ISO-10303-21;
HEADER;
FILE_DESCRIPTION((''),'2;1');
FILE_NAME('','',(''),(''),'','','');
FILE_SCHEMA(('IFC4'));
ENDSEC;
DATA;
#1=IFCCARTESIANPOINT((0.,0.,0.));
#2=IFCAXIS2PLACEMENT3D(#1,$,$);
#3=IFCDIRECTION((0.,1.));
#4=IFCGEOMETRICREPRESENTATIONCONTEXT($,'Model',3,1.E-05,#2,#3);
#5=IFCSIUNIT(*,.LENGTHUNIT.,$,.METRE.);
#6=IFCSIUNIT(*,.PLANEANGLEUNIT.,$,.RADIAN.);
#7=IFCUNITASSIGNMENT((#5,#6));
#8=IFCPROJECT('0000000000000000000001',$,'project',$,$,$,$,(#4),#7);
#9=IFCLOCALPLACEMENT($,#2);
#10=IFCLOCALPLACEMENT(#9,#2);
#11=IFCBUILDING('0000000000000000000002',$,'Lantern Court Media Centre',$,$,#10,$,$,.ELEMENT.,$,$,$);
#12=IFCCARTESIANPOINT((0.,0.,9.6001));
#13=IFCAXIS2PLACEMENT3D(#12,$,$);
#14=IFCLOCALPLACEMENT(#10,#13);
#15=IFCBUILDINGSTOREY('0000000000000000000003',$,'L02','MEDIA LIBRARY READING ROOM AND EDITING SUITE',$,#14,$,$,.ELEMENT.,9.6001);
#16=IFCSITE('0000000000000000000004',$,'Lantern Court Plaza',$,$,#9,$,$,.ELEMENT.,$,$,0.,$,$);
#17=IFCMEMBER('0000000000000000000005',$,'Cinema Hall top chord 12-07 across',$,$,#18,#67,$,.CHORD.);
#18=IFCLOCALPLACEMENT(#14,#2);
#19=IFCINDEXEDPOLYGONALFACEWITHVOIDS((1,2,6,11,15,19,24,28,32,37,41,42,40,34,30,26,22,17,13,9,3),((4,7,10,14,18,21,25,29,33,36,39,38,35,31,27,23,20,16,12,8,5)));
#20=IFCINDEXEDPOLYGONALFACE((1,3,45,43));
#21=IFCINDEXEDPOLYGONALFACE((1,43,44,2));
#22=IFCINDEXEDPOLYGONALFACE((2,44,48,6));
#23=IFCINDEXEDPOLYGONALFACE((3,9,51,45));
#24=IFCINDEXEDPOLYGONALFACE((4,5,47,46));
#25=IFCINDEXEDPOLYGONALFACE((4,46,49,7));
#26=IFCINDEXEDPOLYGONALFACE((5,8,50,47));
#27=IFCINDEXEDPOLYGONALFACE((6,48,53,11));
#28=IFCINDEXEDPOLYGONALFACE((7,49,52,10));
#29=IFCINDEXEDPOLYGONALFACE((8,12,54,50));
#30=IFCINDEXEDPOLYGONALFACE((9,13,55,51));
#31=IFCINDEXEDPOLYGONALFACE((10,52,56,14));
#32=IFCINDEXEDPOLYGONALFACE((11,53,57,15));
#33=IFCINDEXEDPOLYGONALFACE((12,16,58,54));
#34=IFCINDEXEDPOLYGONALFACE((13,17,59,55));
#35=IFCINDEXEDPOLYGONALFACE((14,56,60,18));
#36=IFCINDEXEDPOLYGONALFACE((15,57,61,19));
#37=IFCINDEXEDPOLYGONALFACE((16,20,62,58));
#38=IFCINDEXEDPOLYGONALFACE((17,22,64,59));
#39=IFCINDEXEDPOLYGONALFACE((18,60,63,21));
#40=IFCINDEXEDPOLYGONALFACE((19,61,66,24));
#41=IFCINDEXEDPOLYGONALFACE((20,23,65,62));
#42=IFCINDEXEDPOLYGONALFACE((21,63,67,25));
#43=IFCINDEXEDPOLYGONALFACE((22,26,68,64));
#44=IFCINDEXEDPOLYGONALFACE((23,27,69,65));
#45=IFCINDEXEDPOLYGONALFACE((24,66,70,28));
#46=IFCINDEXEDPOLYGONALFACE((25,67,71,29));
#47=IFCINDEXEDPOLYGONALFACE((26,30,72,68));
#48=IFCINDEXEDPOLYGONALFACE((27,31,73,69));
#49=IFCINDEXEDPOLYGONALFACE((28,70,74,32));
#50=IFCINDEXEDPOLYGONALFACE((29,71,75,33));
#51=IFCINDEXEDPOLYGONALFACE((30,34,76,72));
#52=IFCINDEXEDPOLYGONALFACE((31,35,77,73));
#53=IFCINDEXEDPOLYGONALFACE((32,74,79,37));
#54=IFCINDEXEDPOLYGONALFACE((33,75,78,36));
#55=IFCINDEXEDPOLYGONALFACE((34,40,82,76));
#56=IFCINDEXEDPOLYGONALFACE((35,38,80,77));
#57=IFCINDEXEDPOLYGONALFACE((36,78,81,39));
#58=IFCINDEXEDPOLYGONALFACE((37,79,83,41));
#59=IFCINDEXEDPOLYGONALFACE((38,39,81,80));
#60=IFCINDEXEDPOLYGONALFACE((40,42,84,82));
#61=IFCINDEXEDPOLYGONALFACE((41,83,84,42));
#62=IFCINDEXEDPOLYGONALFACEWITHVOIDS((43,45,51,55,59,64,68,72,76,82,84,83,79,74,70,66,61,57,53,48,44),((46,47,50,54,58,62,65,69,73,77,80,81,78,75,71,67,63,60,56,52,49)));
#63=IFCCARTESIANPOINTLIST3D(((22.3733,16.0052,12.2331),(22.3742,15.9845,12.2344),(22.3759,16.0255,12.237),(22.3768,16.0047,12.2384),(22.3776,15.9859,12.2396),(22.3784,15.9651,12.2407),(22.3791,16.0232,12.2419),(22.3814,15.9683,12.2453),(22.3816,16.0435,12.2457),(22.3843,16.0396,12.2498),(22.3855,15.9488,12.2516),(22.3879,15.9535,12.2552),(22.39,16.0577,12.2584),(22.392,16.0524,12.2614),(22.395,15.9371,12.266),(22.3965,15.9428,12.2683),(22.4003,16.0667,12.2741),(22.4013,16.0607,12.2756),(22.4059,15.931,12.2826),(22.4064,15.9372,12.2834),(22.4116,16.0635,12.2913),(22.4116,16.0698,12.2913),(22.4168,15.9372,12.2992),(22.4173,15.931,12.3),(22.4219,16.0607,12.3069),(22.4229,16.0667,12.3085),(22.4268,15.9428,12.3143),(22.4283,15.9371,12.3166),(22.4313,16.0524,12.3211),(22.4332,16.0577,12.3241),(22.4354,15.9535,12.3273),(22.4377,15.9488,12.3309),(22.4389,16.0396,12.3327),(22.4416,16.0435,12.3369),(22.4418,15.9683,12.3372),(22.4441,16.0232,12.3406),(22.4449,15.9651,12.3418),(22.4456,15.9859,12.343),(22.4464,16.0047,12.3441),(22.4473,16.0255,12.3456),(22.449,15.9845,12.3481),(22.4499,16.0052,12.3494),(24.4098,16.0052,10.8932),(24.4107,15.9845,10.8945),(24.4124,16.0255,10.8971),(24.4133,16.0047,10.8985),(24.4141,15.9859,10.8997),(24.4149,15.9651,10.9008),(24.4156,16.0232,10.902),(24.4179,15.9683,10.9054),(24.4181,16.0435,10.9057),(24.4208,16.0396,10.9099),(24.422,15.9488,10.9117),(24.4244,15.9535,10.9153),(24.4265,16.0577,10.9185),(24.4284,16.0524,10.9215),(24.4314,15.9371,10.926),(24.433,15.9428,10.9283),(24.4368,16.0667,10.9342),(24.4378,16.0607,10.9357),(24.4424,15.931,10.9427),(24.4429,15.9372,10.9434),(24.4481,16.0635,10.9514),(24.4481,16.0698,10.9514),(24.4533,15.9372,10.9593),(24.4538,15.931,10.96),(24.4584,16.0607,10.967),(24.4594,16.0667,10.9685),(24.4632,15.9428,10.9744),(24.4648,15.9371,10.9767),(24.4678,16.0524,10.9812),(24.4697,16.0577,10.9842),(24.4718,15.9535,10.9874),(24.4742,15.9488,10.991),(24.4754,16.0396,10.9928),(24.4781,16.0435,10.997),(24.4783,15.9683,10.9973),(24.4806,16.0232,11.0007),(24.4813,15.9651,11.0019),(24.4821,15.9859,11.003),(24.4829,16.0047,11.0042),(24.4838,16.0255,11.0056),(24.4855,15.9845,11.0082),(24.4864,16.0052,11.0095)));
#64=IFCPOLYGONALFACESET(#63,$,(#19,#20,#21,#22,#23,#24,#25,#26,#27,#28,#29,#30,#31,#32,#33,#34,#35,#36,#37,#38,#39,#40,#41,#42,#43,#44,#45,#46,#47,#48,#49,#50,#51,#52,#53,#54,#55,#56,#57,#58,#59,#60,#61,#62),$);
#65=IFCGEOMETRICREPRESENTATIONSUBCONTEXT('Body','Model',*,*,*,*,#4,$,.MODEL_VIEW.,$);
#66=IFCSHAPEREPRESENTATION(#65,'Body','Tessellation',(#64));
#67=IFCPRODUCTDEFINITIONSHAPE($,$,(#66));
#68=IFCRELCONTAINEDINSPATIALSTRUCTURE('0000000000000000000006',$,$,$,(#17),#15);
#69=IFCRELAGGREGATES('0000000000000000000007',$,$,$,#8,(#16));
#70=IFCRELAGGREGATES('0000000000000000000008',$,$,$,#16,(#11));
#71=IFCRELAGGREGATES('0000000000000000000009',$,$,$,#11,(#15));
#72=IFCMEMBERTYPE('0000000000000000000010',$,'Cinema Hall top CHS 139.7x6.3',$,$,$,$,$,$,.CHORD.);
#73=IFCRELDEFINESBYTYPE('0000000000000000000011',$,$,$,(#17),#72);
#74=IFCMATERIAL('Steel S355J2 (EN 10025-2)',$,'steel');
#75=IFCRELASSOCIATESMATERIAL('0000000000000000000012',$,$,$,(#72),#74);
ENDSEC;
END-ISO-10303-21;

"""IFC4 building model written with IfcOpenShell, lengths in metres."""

from ifc_helpers import new_model, si_unit, direction, frame, origin, origin_2d, place, context, subcontext, project, spatial, hollow_circle, extrude, material, material_profile, profile_set, type_object, element, save


model = new_model("IFC4")

# Units and contexts
model_context = context("Model", 3, precision=1e-05, world=origin(), true_north=direction((0.0, 1.0)))
body_context = subcontext(model_context, "Body", "Model", "MODEL_VIEW")
ifc_project = project(units=[si_unit("LENGTHUNIT", "METRE"), si_unit("PLANEANGLEUNIT", "RADIAN")], contexts=[model_context])

# Site, building, storey
site_placement = place(None, origin())
site = spatial("IfcSite", under=ifc_project, at=site_placement, Name="Lantern Court Plaza", CompositionType="ELEMENT", RefElevation=0.0)
building_placement = place(site_placement, origin())
building = spatial("IfcBuilding", under=site, at=building_placement, Name="Lantern Court Media Centre", CompositionType="ELEMENT")
storey_placement = place(building_placement, frame((0.0, 0.0, 9.6001)))
storey = spatial("IfcBuildingStorey", under=building, at=storey_placement, Name="L02", Description="MEDIA LIBRARY READING ROOM AND EDITING SUITE", CompositionType="ELEMENT", Elevation=9.6001)

# Member
ifc_material = material(Name="Steel S355J2 (EN 10025-2)", Category="steel")
ifc_material_profile_1 = material_profile(ifc_material, hollow_circle(Radius=0.0698, WallThickness=0.0063, at=origin_2d()), Name="Cinema Hall top CHS 139.7x6.3")
ifc_profile_set_1 = profile_set([ifc_material_profile_1], Name="Steel S355J2 (EN 10025-2)")
member_type_1 = type_object("IfcMemberType", Name="Cinema Hall top CHS 139.7x6.3", PredefinedType="CHORD", material=ifc_profile_set_1)
member_1_placement = place(storey_placement, frame((22.4116, 16.0, 12.2913), z_axis=(0.835394, 0.0, -0.549651), x_axis=(0.0, 1.0, 0.0)))
element("IfcMember", 1, at=member_1_placement, inside=storey, type_object=member_type_1, Name="Cinema Hall top chord 12-07 across", PredefinedType="CHORD", context=body_context, shape_type="SweptSolid", body=[
    extrude(hollow_circle(Radius=0.0698, WallThickness=0.0063, at=origin_2d()), origin(), (0.0, 0.0, 1.0), 2.4377),
])

save(model, "model.ifc")
